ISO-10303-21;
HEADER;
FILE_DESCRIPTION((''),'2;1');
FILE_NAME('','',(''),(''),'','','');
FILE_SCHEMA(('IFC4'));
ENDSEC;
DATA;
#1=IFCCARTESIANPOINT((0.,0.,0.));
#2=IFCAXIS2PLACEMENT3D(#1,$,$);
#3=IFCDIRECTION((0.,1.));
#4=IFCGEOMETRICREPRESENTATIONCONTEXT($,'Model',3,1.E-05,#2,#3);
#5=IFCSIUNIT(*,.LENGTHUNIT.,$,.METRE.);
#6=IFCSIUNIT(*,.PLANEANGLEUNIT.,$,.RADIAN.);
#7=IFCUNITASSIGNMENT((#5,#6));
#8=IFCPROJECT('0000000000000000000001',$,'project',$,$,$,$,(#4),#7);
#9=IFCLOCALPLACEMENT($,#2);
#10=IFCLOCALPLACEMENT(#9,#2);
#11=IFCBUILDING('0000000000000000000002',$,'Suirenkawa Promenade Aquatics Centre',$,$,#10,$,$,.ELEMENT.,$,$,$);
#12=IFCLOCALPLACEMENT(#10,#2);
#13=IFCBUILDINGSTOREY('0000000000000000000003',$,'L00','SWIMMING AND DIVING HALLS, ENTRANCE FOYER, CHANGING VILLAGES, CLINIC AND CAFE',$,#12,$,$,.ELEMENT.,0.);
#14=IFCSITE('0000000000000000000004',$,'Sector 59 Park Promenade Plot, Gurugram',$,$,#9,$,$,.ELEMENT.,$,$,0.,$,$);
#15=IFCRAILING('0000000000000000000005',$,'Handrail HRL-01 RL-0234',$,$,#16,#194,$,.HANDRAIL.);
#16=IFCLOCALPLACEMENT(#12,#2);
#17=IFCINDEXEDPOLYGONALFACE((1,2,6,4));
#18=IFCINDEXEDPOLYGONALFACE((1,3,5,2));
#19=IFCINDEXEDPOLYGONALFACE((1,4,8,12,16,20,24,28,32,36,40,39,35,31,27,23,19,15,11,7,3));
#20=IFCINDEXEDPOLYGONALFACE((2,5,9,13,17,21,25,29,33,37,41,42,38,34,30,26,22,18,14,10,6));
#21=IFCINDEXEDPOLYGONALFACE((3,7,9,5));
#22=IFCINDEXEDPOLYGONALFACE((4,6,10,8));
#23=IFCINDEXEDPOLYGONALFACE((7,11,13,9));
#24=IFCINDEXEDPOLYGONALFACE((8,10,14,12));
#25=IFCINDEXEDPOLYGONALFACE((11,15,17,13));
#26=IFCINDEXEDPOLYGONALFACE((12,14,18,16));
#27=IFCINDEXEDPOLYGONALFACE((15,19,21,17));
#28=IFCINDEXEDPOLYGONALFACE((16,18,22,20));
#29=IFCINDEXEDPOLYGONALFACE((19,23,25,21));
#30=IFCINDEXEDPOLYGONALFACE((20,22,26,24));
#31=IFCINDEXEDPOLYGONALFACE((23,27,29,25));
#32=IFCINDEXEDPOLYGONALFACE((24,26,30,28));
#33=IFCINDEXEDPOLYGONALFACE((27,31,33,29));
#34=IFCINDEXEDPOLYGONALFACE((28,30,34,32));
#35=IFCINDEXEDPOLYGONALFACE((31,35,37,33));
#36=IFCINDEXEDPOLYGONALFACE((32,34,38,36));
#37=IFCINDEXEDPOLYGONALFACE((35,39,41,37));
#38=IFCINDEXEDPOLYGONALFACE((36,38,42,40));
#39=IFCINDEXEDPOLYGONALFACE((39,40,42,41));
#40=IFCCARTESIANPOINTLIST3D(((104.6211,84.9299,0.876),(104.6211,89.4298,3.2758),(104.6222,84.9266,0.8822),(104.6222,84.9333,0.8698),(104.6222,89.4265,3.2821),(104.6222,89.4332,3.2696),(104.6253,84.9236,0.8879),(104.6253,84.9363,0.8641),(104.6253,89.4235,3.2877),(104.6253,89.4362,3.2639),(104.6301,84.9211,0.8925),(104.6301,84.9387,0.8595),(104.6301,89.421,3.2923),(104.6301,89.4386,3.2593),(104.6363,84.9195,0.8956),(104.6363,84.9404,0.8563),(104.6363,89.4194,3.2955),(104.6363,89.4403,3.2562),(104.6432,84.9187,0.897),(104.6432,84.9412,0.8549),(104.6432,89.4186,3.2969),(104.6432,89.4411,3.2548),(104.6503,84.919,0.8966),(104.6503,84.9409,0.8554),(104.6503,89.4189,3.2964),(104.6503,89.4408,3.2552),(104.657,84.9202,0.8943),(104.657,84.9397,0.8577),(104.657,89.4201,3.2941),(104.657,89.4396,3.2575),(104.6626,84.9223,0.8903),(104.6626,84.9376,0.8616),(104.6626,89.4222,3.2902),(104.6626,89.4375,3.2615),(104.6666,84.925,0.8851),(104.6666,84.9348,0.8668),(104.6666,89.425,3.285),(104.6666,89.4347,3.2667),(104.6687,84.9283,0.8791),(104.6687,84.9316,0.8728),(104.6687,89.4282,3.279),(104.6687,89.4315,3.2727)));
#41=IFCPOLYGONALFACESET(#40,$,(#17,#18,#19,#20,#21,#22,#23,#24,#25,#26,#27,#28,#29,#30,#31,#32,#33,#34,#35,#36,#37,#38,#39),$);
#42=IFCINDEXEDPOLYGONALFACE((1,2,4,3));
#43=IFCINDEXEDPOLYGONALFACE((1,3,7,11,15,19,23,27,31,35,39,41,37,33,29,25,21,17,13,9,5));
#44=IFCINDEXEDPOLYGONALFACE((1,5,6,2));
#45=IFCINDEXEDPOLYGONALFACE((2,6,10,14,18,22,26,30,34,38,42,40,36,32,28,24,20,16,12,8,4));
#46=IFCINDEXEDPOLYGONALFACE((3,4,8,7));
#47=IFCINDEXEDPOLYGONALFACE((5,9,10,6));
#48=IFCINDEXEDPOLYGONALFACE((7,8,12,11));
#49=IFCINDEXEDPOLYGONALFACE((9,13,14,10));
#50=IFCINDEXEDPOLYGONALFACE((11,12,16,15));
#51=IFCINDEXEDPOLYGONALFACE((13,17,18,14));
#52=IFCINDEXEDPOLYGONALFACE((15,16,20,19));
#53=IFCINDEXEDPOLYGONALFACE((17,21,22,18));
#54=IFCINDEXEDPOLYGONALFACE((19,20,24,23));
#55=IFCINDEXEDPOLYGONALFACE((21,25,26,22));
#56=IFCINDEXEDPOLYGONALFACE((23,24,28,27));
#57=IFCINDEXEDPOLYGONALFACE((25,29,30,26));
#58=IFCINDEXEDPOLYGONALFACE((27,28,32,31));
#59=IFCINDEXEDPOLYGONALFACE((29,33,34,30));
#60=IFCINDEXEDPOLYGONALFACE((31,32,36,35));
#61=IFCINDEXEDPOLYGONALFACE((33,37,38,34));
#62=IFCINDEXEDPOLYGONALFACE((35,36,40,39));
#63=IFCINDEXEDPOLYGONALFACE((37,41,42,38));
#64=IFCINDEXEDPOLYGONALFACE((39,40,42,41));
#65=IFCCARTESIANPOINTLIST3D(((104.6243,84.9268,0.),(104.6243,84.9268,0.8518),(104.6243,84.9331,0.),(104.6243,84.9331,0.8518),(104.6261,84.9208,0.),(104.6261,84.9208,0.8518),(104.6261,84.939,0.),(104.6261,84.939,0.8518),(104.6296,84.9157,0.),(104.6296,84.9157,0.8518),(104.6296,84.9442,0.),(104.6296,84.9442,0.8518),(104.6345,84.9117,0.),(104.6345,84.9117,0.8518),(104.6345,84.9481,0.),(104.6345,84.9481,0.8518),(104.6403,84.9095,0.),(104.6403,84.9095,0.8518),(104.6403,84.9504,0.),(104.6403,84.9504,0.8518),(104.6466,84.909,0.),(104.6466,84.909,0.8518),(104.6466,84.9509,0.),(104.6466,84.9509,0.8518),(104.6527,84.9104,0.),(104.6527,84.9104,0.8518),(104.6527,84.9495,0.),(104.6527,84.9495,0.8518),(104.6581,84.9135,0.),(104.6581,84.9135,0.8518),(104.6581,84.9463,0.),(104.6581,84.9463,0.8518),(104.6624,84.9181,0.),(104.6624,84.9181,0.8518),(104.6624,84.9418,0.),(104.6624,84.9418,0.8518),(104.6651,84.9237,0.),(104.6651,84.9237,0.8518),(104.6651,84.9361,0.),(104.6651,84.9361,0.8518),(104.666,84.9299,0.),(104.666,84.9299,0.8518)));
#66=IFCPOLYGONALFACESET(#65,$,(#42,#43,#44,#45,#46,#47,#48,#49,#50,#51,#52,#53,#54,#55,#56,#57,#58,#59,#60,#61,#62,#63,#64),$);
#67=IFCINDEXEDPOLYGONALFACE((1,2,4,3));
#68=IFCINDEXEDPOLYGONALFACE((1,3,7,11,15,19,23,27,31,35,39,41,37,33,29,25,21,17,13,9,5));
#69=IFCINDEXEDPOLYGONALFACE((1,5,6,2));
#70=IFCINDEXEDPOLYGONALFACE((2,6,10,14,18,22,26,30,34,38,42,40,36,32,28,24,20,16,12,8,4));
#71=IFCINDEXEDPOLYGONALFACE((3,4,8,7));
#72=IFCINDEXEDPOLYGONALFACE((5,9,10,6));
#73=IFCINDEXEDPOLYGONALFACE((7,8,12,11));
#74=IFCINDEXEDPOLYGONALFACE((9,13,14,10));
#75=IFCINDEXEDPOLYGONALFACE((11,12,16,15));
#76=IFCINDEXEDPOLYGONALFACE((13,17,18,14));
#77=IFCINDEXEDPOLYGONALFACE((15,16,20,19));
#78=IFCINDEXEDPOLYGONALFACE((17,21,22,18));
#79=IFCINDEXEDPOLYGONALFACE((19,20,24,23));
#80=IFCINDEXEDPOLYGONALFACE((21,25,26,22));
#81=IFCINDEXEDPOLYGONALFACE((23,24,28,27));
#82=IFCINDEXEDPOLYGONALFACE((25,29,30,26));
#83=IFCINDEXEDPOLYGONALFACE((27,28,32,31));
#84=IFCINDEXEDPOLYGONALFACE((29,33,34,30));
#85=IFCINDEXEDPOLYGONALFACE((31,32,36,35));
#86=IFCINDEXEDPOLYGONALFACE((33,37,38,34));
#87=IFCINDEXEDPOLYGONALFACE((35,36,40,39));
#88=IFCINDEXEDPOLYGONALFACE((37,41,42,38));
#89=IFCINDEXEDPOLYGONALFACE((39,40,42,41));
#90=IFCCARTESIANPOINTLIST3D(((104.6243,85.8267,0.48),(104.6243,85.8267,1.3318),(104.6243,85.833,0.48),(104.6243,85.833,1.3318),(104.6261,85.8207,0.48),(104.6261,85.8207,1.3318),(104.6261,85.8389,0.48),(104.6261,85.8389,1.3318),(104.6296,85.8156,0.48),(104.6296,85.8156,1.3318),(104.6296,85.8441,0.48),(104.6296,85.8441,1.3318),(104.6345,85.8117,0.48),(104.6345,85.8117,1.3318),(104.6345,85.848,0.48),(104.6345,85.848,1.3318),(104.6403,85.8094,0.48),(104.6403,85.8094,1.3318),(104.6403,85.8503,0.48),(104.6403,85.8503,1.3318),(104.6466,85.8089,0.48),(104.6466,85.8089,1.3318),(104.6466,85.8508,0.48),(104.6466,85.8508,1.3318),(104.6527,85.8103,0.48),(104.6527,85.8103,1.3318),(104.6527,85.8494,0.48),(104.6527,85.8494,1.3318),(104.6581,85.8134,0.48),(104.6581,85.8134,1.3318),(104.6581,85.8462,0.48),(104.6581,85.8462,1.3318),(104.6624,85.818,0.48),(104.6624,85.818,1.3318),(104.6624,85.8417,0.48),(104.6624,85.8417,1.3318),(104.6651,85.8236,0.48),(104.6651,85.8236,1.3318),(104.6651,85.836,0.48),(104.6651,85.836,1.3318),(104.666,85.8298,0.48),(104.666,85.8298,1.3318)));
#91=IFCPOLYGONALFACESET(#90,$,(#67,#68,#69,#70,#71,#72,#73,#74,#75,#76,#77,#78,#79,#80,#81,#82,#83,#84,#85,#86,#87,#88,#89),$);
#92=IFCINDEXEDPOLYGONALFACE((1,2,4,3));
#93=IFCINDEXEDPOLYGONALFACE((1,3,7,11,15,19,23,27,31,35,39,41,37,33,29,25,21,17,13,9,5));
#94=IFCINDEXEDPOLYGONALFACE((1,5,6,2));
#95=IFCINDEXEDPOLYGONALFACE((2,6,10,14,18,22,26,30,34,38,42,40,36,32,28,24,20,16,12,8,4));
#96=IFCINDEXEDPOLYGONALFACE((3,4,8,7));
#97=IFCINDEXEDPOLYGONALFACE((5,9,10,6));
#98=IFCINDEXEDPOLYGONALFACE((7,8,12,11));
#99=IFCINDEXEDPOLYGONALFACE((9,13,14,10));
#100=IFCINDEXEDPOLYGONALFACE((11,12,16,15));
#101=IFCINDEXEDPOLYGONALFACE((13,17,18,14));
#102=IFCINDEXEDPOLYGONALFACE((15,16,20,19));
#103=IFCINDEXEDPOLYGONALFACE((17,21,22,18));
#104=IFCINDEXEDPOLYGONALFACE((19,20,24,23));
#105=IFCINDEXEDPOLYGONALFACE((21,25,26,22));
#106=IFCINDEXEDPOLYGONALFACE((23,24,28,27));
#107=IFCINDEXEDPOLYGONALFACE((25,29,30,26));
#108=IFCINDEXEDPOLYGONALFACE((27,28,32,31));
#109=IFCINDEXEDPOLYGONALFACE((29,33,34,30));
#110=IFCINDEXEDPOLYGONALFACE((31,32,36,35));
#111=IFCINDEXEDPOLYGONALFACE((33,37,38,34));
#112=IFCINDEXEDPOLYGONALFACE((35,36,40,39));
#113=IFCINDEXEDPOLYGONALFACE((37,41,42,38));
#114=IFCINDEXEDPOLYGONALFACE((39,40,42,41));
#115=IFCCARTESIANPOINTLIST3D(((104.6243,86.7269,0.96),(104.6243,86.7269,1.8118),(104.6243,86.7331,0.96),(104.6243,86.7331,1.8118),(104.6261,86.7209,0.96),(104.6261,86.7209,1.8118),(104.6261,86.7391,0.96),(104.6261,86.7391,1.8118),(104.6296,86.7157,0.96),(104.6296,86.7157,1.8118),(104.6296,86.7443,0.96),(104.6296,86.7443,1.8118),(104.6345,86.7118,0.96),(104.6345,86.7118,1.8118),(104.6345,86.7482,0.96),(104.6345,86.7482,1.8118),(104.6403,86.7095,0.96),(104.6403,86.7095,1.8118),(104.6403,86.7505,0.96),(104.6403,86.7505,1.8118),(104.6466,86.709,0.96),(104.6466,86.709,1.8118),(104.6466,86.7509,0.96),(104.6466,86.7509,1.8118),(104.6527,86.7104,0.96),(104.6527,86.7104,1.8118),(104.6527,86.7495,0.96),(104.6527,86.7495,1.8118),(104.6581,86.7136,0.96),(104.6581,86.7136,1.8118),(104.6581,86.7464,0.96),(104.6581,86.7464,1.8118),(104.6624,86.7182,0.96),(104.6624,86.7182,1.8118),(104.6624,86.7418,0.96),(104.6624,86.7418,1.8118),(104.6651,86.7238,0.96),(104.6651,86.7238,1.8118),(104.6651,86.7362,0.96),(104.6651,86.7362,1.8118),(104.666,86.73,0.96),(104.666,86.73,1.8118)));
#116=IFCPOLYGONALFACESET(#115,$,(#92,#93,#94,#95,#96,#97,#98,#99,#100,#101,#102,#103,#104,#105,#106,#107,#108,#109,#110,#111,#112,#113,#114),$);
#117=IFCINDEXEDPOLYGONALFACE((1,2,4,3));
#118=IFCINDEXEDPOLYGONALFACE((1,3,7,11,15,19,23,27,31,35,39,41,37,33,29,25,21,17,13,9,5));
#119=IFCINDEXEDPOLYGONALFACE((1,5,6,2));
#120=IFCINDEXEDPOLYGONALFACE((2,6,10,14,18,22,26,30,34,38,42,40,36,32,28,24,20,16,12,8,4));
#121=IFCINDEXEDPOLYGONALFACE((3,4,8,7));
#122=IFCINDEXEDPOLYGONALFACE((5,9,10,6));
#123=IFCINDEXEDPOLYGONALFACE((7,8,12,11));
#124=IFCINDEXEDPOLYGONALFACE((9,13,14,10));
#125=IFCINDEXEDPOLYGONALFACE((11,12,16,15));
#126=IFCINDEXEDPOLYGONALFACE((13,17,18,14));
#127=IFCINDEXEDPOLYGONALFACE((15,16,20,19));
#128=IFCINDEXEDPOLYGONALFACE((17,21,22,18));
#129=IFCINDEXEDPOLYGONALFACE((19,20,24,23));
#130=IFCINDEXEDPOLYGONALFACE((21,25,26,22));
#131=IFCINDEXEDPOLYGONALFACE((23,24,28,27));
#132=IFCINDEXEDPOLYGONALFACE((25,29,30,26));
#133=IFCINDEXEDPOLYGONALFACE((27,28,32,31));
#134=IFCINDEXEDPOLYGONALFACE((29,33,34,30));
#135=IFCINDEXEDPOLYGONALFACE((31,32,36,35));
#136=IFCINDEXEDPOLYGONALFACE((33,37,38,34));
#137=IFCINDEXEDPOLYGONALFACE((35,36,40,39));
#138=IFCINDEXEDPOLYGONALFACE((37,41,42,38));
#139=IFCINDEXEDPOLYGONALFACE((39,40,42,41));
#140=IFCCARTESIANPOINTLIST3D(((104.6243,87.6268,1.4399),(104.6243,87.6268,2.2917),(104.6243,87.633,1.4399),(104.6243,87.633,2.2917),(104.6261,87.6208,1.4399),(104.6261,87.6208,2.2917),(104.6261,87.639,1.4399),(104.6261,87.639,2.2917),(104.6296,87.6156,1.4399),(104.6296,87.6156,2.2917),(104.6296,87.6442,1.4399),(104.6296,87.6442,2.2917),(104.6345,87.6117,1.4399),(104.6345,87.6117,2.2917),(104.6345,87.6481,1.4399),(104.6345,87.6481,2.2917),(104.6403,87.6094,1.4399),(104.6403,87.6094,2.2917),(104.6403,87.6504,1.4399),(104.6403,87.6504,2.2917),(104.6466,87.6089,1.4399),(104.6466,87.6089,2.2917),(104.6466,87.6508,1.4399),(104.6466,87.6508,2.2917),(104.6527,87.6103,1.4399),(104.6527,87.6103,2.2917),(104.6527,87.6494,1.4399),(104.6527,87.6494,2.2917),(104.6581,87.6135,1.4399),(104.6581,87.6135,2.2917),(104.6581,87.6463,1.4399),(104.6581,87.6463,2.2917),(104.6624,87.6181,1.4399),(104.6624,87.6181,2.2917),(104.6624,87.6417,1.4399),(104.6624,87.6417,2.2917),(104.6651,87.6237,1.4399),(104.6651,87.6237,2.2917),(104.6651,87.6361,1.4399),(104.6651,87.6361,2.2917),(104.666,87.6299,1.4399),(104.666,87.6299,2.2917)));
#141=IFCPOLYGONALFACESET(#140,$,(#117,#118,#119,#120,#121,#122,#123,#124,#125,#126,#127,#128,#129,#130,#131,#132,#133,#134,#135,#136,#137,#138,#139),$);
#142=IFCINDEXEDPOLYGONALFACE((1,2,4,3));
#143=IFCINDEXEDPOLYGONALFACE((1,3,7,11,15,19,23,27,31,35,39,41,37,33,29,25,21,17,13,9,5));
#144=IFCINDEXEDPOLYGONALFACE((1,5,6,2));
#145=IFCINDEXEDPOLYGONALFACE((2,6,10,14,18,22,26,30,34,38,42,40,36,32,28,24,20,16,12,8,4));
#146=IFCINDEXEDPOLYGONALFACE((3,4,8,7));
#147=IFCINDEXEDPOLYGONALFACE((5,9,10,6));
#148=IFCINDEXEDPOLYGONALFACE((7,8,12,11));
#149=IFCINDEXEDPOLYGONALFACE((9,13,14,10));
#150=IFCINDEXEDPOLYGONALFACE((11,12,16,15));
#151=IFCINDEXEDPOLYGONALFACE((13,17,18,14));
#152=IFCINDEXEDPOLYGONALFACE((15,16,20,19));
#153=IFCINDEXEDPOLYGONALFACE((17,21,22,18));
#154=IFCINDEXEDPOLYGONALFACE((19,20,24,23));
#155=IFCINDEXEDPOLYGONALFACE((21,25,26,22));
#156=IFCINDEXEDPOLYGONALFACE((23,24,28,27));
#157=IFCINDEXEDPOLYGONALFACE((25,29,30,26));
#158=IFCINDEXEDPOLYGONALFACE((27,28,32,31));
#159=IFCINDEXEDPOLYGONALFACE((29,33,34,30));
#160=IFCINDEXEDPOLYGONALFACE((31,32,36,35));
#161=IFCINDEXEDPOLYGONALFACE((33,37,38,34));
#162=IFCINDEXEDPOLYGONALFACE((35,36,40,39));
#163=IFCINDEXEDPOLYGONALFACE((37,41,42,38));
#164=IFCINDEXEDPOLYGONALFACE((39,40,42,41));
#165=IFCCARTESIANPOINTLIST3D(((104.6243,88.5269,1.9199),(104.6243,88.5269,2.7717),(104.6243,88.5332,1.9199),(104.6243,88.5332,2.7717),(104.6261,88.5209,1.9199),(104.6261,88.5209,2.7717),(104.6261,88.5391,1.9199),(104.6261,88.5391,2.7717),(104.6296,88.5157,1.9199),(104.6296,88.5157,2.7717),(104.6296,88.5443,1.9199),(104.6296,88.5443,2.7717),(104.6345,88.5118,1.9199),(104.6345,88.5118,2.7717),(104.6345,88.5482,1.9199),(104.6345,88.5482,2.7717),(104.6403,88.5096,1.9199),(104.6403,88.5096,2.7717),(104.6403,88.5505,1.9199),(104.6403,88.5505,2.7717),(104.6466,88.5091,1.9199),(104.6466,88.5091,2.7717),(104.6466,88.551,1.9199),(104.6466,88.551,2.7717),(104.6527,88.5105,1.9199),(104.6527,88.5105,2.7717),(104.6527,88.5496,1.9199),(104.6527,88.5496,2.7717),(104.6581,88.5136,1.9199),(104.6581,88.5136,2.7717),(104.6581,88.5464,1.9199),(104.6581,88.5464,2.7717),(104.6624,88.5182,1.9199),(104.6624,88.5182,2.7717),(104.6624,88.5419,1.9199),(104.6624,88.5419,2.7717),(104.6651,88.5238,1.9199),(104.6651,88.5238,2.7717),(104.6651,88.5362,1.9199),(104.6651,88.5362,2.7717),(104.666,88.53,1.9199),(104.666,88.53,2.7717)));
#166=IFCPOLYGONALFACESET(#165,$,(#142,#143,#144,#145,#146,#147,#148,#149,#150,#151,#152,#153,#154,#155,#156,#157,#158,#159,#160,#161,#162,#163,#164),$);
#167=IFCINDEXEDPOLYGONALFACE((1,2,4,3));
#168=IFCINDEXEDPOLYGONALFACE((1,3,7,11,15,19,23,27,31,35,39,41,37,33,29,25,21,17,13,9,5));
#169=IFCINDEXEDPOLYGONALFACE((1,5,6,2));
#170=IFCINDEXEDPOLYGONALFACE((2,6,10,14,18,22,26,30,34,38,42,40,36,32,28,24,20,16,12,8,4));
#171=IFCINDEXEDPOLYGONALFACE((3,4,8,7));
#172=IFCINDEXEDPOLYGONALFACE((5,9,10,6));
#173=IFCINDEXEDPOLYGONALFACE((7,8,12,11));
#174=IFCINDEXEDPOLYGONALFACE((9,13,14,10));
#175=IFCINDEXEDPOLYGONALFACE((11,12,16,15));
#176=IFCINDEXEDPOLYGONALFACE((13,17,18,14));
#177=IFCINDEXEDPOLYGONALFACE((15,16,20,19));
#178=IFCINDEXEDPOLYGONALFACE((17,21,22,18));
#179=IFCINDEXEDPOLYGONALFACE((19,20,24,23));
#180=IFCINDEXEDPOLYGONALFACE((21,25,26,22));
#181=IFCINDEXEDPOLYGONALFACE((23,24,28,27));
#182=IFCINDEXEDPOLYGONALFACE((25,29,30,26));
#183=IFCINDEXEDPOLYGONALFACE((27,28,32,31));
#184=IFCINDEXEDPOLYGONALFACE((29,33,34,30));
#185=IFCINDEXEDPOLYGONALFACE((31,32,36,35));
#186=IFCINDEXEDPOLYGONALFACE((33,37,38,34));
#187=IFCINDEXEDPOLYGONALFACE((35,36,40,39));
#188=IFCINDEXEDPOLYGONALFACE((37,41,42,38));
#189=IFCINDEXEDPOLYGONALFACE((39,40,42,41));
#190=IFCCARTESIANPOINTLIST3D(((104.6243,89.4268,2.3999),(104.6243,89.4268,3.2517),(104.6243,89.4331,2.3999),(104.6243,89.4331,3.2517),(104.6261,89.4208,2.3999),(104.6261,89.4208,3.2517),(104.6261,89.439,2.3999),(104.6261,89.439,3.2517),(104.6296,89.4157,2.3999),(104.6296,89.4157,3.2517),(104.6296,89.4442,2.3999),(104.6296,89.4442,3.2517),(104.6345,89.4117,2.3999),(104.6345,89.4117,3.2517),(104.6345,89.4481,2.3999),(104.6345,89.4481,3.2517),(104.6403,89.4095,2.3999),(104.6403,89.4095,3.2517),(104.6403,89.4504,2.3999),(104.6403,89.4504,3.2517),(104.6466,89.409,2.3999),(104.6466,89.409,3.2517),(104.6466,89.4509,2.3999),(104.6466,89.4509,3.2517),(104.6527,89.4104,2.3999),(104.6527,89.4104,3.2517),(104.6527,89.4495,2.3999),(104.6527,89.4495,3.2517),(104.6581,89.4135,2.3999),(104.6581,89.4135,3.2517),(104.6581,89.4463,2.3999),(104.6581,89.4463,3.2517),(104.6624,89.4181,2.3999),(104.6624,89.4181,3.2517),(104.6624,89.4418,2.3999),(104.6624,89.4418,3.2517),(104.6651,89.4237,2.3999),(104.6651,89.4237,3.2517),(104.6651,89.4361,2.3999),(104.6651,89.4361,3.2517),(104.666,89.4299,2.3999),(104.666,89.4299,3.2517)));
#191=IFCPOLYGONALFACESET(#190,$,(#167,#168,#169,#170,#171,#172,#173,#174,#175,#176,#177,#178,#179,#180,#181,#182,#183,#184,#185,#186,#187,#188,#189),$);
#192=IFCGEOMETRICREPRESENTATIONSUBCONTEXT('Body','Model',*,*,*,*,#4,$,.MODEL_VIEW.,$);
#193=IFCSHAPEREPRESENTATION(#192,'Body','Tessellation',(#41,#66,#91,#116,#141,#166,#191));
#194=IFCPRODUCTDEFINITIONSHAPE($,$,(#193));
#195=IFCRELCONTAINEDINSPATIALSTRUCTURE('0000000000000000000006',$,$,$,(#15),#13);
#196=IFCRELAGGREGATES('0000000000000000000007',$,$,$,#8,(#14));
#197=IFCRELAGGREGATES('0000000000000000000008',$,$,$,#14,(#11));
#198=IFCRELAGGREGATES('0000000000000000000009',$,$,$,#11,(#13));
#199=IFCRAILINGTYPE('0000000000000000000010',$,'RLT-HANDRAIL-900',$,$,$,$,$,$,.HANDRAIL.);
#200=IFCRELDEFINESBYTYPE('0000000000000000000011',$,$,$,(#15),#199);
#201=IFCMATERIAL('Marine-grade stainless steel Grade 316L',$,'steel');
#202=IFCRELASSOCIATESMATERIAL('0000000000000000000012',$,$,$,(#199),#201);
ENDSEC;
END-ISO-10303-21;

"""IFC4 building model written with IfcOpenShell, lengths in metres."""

from ifc_helpers import new_model, si_unit, direction, frame, origin, origin_2d, place, context, subcontext, project, spatial, circle, extrude, material, type_object, element, save


model = new_model("IFC4")

# Units and contexts
model_context = context("Model", 3, precision=1e-05, world=origin(), true_north=direction((0.0, 1.0)))
body_context = subcontext(model_context, "Body", "Model", "MODEL_VIEW")
ifc_project = project(units=[si_unit("LENGTHUNIT", "METRE"), si_unit("PLANEANGLEUNIT", "RADIAN")], contexts=[model_context])

# Site, building, storey
site_placement = place(None, origin())
site = spatial("IfcSite", under=ifc_project, at=site_placement, Name="Sector 59 Park Promenade Plot, Gurugram", CompositionType="ELEMENT", RefElevation=0.0)
building_placement = place(site_placement, origin())
building = spatial("IfcBuilding", under=site, at=building_placement, Name="Suirenkawa Promenade Aquatics Centre", CompositionType="ELEMENT")
storey_placement = place(building_placement, origin())
storey = spatial("IfcBuildingStorey", under=building, at=storey_placement, Name="L00", Description="SWIMMING AND DIVING HALLS, ENTRANCE FOYER, CHANGING VILLAGES, CLINIC AND CAFE", CompositionType="ELEMENT", Elevation=0.0)

# Railing
ifc_material_1 = material(Name="Marine-grade stainless steel Grade 316L", Category="steel")
railing_type_1 = type_object("IfcRailingType", Name="RLT-HANDRAIL-900", PredefinedType="HANDRAIL", material=ifc_material_1)
for number, where, name in (
    (1, (104.645, 84.9299, 0.0), "Handrail HRL-01 RL-0234"),
):
    element("IfcRailing", number, at=place(storey_placement, frame(where)), inside=storey, type_object=railing_type_1, Name=name, PredefinedType="HANDRAIL", context=body_context, shape_type="SweptSolid", body=[
        extrude(circle(Radius=0.0239, at=origin_2d()), frame((0.0, 0.0, 0.876), z_axis=(0.0, 0.882361, 0.470573), x_axis=(-1.0, 0.0, 0.0)), (0.0, 0.0, 1.0), 5.0999),
        extrude(circle(Radius=0.021, at=origin_2d()), origin(), (0.0, 0.0, 1.0), 0.8518),
        extrude(circle(Radius=0.021, at=origin_2d()), frame((0.0, 0.8999, 0.48)), (0.0, 0.0, 1.0), 0.8518),
        extrude(circle(Radius=0.021, at=origin_2d()), frame((0.0, 1.8, 0.96)), (0.0, 0.0, 1.0), 0.8518),
        extrude(circle(Radius=0.021, at=origin_2d()), frame((0.0, 2.7, 1.4399)), (0.0, 0.0, 1.0), 0.8518),
        extrude(circle(Radius=0.021, at=origin_2d()), frame((0.0, 3.6001, 1.9199)), (0.0, 0.0, 1.0), 0.8518),
        extrude(circle(Radius=0.021, at=origin_2d()), frame((0.0, 4.5, 2.3999)), (0.0, 0.0, 1.0), 0.8518),
    ])

save(model, "model.ifc")
